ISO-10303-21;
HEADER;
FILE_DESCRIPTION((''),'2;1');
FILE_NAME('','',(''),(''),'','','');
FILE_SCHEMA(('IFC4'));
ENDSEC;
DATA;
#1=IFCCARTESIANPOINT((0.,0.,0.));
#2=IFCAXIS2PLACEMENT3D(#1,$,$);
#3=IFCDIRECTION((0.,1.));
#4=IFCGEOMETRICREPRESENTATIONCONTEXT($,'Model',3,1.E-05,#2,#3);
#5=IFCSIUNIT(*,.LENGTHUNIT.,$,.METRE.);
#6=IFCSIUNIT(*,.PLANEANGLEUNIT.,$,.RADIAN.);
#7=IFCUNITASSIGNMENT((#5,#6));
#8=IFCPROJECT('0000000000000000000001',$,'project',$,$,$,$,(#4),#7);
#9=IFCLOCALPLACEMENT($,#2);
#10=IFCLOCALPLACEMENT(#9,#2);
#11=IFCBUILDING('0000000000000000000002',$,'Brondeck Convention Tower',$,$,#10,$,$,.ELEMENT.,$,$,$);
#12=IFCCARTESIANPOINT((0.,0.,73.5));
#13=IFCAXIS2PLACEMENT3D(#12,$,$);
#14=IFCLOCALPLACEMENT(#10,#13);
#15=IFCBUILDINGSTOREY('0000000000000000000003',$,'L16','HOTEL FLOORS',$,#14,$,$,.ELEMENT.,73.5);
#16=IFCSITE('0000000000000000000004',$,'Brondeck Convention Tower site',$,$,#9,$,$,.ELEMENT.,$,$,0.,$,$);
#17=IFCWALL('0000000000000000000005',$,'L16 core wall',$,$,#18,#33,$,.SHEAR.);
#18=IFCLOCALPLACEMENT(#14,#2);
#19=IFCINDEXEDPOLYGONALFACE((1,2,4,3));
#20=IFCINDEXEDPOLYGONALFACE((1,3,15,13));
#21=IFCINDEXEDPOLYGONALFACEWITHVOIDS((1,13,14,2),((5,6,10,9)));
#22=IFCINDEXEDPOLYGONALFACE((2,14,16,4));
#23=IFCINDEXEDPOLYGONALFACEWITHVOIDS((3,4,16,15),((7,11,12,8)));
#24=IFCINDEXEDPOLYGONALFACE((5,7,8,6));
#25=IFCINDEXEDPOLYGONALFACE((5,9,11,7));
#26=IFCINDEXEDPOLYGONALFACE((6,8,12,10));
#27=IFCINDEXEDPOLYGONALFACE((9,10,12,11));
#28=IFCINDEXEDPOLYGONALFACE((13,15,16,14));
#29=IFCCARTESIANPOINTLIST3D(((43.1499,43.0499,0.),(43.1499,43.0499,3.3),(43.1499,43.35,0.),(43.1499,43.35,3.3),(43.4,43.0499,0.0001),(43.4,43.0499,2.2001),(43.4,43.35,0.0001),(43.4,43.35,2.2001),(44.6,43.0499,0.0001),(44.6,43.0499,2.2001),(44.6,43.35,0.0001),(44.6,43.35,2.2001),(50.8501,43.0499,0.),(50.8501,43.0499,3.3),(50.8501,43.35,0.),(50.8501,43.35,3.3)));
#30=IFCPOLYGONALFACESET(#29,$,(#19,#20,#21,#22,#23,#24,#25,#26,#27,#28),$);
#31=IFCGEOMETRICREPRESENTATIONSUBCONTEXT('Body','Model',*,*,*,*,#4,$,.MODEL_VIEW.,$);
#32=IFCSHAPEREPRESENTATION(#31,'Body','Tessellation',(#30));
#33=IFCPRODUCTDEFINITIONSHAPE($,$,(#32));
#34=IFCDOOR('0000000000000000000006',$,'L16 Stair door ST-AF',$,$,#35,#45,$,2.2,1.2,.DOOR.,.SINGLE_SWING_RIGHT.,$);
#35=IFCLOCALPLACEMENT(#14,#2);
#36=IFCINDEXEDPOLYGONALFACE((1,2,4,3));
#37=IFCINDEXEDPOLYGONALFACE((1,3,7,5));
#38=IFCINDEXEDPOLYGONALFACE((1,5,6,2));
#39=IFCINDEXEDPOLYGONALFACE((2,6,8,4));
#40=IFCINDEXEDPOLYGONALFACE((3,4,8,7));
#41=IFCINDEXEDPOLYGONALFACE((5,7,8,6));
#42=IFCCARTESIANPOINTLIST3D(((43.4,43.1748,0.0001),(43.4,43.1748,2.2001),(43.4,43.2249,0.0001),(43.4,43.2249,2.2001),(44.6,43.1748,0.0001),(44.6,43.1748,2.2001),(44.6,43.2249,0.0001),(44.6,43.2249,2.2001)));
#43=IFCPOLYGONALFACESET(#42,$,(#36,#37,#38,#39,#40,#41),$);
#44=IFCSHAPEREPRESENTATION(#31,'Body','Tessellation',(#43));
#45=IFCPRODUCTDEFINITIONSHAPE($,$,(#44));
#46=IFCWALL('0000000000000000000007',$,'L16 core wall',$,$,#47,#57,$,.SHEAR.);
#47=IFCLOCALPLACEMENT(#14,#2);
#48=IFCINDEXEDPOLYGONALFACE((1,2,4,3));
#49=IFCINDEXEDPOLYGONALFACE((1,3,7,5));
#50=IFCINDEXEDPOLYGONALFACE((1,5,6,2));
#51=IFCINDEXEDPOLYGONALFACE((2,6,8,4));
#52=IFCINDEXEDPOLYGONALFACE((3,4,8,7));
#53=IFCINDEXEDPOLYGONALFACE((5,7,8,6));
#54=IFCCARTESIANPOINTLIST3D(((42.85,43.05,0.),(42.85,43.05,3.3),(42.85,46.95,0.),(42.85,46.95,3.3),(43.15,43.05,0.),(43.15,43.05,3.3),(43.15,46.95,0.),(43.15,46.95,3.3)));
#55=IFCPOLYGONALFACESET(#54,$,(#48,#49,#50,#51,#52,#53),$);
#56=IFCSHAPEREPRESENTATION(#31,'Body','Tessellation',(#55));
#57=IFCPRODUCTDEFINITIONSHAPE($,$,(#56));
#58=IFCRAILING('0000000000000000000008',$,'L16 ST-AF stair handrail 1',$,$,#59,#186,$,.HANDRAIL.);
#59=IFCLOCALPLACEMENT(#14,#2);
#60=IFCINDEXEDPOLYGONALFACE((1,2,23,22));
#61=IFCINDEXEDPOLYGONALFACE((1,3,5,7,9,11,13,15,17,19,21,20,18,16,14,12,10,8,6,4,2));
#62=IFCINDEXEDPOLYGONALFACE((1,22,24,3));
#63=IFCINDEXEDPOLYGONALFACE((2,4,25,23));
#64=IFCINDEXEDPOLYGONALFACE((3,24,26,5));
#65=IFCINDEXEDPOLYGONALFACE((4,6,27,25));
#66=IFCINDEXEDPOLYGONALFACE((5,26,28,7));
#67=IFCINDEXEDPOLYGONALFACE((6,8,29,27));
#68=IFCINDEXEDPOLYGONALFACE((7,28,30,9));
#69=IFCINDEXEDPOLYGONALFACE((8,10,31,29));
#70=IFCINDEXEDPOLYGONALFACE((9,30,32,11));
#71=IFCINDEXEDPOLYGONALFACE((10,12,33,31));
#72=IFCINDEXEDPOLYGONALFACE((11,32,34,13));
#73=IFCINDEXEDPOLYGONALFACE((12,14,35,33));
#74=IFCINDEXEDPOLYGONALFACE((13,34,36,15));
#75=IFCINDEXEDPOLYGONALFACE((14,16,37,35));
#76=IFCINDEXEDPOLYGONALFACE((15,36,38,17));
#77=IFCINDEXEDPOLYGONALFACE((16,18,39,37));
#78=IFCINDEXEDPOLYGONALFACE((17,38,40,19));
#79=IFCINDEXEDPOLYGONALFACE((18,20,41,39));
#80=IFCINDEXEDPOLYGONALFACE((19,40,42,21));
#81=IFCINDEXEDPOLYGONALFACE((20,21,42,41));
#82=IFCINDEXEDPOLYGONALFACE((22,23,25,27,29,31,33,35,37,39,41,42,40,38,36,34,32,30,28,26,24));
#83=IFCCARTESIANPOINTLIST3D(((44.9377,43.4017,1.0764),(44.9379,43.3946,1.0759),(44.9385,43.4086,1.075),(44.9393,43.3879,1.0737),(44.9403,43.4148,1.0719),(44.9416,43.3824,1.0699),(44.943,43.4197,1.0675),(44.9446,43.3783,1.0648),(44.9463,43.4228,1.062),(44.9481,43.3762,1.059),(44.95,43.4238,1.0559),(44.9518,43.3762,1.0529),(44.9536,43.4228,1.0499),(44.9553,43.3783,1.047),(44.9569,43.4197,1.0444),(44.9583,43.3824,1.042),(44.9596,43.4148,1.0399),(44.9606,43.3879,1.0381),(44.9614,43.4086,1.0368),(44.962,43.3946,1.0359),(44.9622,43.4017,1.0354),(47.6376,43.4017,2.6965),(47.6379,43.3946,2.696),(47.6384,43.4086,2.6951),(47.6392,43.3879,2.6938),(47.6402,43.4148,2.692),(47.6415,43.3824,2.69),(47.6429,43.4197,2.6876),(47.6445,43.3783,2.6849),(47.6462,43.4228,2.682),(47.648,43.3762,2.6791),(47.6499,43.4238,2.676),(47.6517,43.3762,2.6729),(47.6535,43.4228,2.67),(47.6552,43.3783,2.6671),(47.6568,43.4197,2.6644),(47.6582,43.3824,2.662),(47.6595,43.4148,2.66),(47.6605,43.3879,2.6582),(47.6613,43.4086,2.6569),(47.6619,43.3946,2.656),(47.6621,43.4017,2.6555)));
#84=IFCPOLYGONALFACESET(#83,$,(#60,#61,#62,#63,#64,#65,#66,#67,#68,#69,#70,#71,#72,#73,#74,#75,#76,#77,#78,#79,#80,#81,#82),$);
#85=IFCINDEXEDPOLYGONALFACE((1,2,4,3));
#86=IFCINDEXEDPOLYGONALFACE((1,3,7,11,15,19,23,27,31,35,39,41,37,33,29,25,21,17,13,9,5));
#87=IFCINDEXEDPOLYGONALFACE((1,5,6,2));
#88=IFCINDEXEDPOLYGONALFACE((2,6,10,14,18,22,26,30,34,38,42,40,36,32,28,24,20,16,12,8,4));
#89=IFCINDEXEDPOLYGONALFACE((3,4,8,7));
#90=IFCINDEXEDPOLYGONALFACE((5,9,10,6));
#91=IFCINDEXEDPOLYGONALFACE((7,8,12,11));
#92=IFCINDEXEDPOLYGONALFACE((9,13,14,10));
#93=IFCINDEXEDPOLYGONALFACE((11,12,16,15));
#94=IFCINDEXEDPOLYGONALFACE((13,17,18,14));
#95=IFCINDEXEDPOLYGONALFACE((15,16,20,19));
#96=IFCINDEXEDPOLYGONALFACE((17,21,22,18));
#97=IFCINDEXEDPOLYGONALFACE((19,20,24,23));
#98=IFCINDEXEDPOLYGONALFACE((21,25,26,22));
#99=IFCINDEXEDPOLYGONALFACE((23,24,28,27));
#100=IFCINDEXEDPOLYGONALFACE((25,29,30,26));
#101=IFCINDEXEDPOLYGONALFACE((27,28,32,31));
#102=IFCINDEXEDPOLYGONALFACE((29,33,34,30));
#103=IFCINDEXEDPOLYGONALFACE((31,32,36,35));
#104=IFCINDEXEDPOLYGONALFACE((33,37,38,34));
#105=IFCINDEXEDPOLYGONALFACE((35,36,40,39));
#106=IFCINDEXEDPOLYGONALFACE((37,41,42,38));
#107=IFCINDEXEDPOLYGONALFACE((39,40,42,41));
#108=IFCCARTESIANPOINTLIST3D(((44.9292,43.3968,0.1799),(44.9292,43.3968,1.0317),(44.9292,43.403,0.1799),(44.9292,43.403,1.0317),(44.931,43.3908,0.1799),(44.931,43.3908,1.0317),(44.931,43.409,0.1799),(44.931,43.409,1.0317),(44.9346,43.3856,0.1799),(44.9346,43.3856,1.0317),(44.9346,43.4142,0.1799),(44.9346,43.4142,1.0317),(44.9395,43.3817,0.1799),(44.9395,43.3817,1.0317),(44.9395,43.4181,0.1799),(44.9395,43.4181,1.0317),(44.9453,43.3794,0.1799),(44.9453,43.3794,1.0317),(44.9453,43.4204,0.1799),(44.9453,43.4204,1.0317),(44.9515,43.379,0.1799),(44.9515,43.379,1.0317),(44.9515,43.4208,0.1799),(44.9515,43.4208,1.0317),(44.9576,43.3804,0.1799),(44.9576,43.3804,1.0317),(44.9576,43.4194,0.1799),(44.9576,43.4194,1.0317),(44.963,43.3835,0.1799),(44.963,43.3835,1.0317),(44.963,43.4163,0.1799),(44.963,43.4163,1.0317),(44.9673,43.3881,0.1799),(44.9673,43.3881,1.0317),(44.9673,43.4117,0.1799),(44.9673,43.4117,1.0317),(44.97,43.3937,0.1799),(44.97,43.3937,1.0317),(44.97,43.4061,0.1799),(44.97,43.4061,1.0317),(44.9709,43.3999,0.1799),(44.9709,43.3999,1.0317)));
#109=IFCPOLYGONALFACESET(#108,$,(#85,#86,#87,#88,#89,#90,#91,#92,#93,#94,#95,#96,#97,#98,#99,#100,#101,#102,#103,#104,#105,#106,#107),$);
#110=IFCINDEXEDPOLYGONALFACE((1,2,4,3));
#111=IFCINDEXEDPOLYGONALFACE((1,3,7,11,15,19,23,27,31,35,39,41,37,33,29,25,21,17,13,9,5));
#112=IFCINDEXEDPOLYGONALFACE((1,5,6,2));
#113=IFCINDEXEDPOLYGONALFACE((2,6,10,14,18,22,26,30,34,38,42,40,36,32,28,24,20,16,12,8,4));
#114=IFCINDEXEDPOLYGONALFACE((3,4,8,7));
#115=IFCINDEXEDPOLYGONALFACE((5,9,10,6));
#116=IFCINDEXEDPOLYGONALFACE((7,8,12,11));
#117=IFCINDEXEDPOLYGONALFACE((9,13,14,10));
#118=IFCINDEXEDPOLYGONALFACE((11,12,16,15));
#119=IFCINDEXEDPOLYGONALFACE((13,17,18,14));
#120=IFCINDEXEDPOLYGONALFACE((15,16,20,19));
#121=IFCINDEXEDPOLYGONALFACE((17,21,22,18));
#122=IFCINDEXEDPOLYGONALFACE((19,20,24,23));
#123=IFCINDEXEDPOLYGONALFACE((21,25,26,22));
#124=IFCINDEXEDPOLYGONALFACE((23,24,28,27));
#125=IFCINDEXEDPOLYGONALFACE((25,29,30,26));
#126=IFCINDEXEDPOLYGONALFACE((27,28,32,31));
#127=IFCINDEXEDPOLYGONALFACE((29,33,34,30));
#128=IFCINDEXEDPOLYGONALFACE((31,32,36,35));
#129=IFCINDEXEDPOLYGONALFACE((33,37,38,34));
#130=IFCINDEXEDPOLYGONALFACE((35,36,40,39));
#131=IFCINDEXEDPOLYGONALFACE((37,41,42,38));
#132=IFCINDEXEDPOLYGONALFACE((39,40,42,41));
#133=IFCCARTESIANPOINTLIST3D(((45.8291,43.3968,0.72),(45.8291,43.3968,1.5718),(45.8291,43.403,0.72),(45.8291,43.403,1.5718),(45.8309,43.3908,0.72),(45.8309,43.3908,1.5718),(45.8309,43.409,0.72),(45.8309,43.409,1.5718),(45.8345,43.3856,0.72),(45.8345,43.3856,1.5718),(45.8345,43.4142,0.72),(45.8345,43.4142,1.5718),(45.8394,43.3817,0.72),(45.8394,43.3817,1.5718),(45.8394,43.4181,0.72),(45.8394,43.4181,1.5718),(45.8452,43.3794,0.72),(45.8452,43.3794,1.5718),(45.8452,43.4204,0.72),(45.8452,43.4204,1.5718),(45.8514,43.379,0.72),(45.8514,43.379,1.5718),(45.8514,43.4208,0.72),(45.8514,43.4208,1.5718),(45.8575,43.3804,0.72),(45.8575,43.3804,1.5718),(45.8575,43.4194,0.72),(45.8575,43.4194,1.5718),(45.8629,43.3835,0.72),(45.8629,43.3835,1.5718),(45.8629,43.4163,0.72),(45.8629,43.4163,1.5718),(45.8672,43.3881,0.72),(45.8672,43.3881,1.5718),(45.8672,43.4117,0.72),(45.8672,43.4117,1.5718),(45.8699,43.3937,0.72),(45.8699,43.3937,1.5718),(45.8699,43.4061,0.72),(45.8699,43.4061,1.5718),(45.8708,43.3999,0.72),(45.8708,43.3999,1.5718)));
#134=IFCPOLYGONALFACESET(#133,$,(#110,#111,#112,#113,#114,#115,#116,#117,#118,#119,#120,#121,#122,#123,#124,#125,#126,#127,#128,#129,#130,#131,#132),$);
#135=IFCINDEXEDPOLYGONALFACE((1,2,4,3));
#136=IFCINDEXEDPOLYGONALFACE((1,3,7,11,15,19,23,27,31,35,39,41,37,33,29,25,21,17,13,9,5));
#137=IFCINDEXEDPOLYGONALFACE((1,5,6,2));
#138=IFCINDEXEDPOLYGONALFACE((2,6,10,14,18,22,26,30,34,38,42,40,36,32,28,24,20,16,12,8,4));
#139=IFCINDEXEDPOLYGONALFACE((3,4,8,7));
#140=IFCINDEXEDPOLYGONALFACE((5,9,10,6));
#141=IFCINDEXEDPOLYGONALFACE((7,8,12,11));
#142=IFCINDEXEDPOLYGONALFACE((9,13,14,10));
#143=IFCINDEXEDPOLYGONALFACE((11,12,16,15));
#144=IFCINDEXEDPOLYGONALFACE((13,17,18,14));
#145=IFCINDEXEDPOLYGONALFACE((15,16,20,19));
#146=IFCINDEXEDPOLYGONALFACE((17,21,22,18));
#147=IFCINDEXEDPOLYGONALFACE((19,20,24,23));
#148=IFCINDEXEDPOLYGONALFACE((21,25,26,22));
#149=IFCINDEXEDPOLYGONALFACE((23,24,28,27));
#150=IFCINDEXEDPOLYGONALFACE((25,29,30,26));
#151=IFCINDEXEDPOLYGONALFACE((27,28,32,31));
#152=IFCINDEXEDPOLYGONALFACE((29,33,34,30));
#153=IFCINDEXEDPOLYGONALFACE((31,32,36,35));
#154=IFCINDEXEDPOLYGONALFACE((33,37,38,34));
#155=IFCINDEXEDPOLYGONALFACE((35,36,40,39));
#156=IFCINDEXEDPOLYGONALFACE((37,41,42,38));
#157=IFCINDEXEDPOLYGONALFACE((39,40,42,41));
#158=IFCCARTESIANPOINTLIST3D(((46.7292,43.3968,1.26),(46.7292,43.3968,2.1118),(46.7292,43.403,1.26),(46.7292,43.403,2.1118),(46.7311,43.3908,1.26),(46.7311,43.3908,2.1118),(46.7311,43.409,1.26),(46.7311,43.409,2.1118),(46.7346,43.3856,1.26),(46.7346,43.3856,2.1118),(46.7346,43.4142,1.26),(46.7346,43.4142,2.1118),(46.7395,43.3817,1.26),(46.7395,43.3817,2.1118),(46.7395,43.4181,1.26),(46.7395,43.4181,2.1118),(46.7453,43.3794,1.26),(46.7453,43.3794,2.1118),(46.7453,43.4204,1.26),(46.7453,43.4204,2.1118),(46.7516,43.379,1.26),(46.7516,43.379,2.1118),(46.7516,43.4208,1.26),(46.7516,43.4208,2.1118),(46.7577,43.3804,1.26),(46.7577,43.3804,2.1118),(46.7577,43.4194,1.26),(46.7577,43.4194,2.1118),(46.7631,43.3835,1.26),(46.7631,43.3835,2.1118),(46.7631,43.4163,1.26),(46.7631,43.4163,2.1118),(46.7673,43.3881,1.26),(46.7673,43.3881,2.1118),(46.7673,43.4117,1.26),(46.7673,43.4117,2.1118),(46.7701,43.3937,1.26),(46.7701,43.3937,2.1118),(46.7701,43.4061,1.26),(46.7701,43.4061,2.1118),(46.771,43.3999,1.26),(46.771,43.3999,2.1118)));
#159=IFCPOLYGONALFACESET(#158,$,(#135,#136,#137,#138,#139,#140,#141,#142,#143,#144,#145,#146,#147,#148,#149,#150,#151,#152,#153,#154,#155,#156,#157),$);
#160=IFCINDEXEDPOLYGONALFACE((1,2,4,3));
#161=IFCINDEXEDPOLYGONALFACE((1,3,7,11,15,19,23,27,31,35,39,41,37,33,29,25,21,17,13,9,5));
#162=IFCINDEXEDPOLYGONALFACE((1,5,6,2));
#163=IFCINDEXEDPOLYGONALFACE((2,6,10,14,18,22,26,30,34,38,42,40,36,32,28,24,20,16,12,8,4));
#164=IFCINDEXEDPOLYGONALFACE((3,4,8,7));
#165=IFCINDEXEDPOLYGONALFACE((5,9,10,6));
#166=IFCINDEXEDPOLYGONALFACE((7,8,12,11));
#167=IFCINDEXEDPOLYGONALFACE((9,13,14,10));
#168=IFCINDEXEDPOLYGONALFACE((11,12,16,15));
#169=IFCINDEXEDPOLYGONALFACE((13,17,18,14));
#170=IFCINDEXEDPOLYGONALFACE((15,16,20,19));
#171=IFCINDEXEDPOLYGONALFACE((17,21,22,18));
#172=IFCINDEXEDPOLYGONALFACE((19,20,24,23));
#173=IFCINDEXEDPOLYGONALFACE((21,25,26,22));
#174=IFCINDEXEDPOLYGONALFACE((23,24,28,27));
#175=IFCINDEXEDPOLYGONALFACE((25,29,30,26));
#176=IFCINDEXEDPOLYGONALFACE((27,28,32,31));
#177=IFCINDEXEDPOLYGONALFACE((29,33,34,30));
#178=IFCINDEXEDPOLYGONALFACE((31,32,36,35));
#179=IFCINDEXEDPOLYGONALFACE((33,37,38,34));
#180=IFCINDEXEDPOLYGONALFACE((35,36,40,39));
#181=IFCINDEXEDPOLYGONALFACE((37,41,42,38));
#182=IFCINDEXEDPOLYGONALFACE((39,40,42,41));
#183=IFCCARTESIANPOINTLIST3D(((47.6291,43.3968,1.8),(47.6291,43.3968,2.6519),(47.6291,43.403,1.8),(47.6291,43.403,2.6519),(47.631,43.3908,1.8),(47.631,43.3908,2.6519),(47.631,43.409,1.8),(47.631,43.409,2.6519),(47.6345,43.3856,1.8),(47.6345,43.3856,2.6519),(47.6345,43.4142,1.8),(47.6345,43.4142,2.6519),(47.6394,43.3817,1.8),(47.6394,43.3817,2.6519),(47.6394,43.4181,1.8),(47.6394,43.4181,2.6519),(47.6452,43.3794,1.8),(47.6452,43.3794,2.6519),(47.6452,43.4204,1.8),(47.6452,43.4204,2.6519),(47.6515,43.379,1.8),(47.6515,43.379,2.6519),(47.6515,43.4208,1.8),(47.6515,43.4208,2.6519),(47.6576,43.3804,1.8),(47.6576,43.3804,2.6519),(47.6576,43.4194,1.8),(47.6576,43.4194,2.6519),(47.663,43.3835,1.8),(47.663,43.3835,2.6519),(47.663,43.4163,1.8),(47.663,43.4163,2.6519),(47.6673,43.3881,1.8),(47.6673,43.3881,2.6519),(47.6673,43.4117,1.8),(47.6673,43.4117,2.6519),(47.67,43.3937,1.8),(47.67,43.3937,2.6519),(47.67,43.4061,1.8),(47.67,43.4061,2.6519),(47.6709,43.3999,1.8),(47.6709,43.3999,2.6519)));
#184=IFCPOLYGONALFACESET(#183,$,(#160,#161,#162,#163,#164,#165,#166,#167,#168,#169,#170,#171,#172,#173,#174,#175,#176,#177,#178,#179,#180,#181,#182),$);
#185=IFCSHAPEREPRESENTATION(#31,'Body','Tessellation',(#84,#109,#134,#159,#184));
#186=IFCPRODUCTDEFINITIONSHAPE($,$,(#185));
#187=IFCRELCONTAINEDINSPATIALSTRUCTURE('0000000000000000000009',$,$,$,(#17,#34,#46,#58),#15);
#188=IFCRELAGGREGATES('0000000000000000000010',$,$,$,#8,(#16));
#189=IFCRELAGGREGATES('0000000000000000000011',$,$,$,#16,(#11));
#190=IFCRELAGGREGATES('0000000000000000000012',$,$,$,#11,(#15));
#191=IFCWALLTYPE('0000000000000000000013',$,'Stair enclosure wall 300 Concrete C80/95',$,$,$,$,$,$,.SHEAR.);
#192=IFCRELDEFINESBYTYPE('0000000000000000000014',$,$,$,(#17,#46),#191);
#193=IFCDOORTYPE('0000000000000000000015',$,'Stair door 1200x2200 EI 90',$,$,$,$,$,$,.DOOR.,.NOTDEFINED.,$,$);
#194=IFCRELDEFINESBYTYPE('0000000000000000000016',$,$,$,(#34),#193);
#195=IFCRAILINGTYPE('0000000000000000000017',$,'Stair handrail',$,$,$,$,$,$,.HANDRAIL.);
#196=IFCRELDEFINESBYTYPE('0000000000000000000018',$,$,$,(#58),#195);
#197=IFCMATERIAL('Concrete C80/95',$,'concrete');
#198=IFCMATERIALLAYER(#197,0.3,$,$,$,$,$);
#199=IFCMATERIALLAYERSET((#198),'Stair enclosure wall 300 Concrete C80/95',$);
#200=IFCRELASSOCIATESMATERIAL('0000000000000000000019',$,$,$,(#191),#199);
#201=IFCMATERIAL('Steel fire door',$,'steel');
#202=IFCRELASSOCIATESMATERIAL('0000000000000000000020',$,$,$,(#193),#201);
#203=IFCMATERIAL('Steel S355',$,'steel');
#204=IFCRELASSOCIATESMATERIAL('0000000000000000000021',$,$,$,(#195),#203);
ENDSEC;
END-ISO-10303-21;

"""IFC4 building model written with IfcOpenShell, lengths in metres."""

from ifc_helpers import new_model, si_unit, direction, frame, frame_2d, origin, origin_2d, place, context, subcontext, project, spatial, rectangle, circle, extrude, material, layer, layer_set, type_object, element, fill, save


model = new_model("IFC4")

# Units and contexts
model_context = context("Model", 3, precision=1e-05, world=origin(), true_north=direction((0.0, 1.0)))
body_context = subcontext(model_context, "Body", "Model", "MODEL_VIEW")
ifc_project = project(units=[si_unit("LENGTHUNIT", "METRE"), si_unit("PLANEANGLEUNIT", "RADIAN")], contexts=[model_context])

# Site, building, storey
site_placement = place(None, origin())
site = spatial("IfcSite", under=ifc_project, at=site_placement, Name="Brondeck Convention Tower site", CompositionType="ELEMENT", RefElevation=0.0)
building_placement = place(site_placement, origin())
building = spatial("IfcBuilding", under=site, at=building_placement, Name="Brondeck Convention Tower", CompositionType="ELEMENT")
storey_placement = place(building_placement, frame((0.0, 0.0, 73.5)))
storey = spatial("IfcBuildingStorey", under=building, at=storey_placement, Name="L16", Description="HOTEL FLOORS", CompositionType="ELEMENT", Elevation=73.5)

# Shared definitions
ifc_material_1 = material(Name="Concrete C80/95", Category="concrete")

# Shared definitions
ifc_material_2 = material(Name="Steel S355", Category="steel")

# Wall, opening, door
ifc_layer_1 = layer(ifc_material_1, 0.3)
ifc_layer_set_1 = layer_set([ifc_layer_1], Name="Stair enclosure wall 300 Concrete C80/95")
wall_type_1 = type_object("IfcWallType", Name="Stair enclosure wall 300 Concrete C80/95", PredefinedType="SHEAR", material=ifc_layer_set_1)
wall_1_placement = place(storey_placement, frame((43.1499, 43.2, 0.0), z_axis=(0.0, 0.0, 1.0), x_axis=(1.0, 0.0, 0.0)))
wall_1 = element("IfcWall", 1, at=wall_1_placement, inside=storey, type_object=wall_type_1, Name="L16 core wall", PredefinedType="SHEAR", context=body_context, shape_type="SweptSolid", body=[
    extrude(rectangle(XDim=7.7002, YDim=0.3, at=frame_2d((3.8501, 0.0))), origin(), (0.0, 0.0, 1.0), 3.3),
])
opening_1_placement = place(wall_1_placement, frame((0.25, 0.0, 0.0)))
opening_1 = element("IfcOpeningElement", 2, at=opening_1_placement, cuts=wall_1, PredefinedType="OPENING", context=body_context, shape_type="SweptSolid", body=[
    extrude(rectangle(XDim=1.2, YDim=2.2, at=frame_2d((0.6001, 1.1001))), frame((0.0, 0.1599, 0.0), z_axis=(0.0, -1.0, 0.0), x_axis=(1.0, 0.0, 0.0)), (0.0, 0.0, 1.0), 0.3201),
])
ifc_material_3 = material(Name="Steel fire door", Category="steel")
door_type_1 = type_object("IfcDoorType", Name="Stair door 1200x2200 EI 90", OperationType="NOTDEFINED", PredefinedType="DOOR", material=ifc_material_3)
door_1_placement = place(opening_1_placement, origin())
door_1 = element("IfcDoor", 3, at=door_1_placement, inside=storey, type_object=door_type_1, Name="L16 Stair door ST-AF", OperationType="SINGLE_SWING_RIGHT", OverallHeight=2.2, OverallWidth=1.2, PredefinedType="DOOR", context=body_context, shape_type="SweptSolid", body=[
    extrude(rectangle(XDim=1.2, YDim=2.2, at=frame_2d((0.6001, 1.1001))), frame((0.0, 0.0249, 0.0), z_axis=(0.0, -1.0, 0.0), x_axis=(1.0, 0.0, 0.0)), (0.0, 0.0, 1.0), 0.05),
])
fill(opening_1, door_1)

# Wall
wall_2_placement = place(storey_placement, frame((43.0, 43.05, 0.0), z_axis=(0.0, 0.0, 1.0), x_axis=(0.0, 1.0, 0.0)))
element("IfcWall", 4, at=wall_2_placement, inside=storey, type_object=wall_type_1, Name="L16 core wall", PredefinedType="SHEAR", context=body_context, shape_type="SweptSolid", body=[
    extrude(rectangle(XDim=3.8999, YDim=0.3, at=frame_2d((1.95, 0.0))), origin(), (0.0, 0.0, 1.0), 3.3),
])

# Railing
railing_type = type_object("IfcRailingType", Name="Stair handrail", PredefinedType="HANDRAIL", material=ifc_material_2)
railing_placement = place(storey_placement, frame((44.95, 43.3999, 0.1799)))
element("IfcRailing", 5, at=railing_placement, inside=storey, type_object=railing_type, Name="L16 ST-AF stair handrail 1", PredefinedType="HANDRAIL", context=body_context, shape_type="SweptSolid", body=[
    extrude(circle(Radius=0.0239, at=origin_2d()), frame((0.0, 0.0, 0.876), z_axis=(0.857472, 0.0, 0.51453), x_axis=(0.0, 1.0, 0.0)), (0.0, 0.0, 1.0), 3.1487),
    extrude(circle(Radius=0.021, at=origin_2d()), origin(), (0.0, 0.0, 1.0), 0.8518),
    extrude(circle(Radius=0.021, at=origin_2d()), frame((0.8999, 0.0, 0.54)), (0.0, 0.0, 1.0), 0.8518),
    extrude(circle(Radius=0.021, at=origin_2d()), frame((1.8, 0.0, 1.0801)), (0.0, 0.0, 1.0), 0.8518),
    extrude(circle(Radius=0.021, at=origin_2d()), frame((2.7, 0.0, 1.6201)), (0.0, 0.0, 1.0), 0.8518),
])

save(model, "model.ifc")
